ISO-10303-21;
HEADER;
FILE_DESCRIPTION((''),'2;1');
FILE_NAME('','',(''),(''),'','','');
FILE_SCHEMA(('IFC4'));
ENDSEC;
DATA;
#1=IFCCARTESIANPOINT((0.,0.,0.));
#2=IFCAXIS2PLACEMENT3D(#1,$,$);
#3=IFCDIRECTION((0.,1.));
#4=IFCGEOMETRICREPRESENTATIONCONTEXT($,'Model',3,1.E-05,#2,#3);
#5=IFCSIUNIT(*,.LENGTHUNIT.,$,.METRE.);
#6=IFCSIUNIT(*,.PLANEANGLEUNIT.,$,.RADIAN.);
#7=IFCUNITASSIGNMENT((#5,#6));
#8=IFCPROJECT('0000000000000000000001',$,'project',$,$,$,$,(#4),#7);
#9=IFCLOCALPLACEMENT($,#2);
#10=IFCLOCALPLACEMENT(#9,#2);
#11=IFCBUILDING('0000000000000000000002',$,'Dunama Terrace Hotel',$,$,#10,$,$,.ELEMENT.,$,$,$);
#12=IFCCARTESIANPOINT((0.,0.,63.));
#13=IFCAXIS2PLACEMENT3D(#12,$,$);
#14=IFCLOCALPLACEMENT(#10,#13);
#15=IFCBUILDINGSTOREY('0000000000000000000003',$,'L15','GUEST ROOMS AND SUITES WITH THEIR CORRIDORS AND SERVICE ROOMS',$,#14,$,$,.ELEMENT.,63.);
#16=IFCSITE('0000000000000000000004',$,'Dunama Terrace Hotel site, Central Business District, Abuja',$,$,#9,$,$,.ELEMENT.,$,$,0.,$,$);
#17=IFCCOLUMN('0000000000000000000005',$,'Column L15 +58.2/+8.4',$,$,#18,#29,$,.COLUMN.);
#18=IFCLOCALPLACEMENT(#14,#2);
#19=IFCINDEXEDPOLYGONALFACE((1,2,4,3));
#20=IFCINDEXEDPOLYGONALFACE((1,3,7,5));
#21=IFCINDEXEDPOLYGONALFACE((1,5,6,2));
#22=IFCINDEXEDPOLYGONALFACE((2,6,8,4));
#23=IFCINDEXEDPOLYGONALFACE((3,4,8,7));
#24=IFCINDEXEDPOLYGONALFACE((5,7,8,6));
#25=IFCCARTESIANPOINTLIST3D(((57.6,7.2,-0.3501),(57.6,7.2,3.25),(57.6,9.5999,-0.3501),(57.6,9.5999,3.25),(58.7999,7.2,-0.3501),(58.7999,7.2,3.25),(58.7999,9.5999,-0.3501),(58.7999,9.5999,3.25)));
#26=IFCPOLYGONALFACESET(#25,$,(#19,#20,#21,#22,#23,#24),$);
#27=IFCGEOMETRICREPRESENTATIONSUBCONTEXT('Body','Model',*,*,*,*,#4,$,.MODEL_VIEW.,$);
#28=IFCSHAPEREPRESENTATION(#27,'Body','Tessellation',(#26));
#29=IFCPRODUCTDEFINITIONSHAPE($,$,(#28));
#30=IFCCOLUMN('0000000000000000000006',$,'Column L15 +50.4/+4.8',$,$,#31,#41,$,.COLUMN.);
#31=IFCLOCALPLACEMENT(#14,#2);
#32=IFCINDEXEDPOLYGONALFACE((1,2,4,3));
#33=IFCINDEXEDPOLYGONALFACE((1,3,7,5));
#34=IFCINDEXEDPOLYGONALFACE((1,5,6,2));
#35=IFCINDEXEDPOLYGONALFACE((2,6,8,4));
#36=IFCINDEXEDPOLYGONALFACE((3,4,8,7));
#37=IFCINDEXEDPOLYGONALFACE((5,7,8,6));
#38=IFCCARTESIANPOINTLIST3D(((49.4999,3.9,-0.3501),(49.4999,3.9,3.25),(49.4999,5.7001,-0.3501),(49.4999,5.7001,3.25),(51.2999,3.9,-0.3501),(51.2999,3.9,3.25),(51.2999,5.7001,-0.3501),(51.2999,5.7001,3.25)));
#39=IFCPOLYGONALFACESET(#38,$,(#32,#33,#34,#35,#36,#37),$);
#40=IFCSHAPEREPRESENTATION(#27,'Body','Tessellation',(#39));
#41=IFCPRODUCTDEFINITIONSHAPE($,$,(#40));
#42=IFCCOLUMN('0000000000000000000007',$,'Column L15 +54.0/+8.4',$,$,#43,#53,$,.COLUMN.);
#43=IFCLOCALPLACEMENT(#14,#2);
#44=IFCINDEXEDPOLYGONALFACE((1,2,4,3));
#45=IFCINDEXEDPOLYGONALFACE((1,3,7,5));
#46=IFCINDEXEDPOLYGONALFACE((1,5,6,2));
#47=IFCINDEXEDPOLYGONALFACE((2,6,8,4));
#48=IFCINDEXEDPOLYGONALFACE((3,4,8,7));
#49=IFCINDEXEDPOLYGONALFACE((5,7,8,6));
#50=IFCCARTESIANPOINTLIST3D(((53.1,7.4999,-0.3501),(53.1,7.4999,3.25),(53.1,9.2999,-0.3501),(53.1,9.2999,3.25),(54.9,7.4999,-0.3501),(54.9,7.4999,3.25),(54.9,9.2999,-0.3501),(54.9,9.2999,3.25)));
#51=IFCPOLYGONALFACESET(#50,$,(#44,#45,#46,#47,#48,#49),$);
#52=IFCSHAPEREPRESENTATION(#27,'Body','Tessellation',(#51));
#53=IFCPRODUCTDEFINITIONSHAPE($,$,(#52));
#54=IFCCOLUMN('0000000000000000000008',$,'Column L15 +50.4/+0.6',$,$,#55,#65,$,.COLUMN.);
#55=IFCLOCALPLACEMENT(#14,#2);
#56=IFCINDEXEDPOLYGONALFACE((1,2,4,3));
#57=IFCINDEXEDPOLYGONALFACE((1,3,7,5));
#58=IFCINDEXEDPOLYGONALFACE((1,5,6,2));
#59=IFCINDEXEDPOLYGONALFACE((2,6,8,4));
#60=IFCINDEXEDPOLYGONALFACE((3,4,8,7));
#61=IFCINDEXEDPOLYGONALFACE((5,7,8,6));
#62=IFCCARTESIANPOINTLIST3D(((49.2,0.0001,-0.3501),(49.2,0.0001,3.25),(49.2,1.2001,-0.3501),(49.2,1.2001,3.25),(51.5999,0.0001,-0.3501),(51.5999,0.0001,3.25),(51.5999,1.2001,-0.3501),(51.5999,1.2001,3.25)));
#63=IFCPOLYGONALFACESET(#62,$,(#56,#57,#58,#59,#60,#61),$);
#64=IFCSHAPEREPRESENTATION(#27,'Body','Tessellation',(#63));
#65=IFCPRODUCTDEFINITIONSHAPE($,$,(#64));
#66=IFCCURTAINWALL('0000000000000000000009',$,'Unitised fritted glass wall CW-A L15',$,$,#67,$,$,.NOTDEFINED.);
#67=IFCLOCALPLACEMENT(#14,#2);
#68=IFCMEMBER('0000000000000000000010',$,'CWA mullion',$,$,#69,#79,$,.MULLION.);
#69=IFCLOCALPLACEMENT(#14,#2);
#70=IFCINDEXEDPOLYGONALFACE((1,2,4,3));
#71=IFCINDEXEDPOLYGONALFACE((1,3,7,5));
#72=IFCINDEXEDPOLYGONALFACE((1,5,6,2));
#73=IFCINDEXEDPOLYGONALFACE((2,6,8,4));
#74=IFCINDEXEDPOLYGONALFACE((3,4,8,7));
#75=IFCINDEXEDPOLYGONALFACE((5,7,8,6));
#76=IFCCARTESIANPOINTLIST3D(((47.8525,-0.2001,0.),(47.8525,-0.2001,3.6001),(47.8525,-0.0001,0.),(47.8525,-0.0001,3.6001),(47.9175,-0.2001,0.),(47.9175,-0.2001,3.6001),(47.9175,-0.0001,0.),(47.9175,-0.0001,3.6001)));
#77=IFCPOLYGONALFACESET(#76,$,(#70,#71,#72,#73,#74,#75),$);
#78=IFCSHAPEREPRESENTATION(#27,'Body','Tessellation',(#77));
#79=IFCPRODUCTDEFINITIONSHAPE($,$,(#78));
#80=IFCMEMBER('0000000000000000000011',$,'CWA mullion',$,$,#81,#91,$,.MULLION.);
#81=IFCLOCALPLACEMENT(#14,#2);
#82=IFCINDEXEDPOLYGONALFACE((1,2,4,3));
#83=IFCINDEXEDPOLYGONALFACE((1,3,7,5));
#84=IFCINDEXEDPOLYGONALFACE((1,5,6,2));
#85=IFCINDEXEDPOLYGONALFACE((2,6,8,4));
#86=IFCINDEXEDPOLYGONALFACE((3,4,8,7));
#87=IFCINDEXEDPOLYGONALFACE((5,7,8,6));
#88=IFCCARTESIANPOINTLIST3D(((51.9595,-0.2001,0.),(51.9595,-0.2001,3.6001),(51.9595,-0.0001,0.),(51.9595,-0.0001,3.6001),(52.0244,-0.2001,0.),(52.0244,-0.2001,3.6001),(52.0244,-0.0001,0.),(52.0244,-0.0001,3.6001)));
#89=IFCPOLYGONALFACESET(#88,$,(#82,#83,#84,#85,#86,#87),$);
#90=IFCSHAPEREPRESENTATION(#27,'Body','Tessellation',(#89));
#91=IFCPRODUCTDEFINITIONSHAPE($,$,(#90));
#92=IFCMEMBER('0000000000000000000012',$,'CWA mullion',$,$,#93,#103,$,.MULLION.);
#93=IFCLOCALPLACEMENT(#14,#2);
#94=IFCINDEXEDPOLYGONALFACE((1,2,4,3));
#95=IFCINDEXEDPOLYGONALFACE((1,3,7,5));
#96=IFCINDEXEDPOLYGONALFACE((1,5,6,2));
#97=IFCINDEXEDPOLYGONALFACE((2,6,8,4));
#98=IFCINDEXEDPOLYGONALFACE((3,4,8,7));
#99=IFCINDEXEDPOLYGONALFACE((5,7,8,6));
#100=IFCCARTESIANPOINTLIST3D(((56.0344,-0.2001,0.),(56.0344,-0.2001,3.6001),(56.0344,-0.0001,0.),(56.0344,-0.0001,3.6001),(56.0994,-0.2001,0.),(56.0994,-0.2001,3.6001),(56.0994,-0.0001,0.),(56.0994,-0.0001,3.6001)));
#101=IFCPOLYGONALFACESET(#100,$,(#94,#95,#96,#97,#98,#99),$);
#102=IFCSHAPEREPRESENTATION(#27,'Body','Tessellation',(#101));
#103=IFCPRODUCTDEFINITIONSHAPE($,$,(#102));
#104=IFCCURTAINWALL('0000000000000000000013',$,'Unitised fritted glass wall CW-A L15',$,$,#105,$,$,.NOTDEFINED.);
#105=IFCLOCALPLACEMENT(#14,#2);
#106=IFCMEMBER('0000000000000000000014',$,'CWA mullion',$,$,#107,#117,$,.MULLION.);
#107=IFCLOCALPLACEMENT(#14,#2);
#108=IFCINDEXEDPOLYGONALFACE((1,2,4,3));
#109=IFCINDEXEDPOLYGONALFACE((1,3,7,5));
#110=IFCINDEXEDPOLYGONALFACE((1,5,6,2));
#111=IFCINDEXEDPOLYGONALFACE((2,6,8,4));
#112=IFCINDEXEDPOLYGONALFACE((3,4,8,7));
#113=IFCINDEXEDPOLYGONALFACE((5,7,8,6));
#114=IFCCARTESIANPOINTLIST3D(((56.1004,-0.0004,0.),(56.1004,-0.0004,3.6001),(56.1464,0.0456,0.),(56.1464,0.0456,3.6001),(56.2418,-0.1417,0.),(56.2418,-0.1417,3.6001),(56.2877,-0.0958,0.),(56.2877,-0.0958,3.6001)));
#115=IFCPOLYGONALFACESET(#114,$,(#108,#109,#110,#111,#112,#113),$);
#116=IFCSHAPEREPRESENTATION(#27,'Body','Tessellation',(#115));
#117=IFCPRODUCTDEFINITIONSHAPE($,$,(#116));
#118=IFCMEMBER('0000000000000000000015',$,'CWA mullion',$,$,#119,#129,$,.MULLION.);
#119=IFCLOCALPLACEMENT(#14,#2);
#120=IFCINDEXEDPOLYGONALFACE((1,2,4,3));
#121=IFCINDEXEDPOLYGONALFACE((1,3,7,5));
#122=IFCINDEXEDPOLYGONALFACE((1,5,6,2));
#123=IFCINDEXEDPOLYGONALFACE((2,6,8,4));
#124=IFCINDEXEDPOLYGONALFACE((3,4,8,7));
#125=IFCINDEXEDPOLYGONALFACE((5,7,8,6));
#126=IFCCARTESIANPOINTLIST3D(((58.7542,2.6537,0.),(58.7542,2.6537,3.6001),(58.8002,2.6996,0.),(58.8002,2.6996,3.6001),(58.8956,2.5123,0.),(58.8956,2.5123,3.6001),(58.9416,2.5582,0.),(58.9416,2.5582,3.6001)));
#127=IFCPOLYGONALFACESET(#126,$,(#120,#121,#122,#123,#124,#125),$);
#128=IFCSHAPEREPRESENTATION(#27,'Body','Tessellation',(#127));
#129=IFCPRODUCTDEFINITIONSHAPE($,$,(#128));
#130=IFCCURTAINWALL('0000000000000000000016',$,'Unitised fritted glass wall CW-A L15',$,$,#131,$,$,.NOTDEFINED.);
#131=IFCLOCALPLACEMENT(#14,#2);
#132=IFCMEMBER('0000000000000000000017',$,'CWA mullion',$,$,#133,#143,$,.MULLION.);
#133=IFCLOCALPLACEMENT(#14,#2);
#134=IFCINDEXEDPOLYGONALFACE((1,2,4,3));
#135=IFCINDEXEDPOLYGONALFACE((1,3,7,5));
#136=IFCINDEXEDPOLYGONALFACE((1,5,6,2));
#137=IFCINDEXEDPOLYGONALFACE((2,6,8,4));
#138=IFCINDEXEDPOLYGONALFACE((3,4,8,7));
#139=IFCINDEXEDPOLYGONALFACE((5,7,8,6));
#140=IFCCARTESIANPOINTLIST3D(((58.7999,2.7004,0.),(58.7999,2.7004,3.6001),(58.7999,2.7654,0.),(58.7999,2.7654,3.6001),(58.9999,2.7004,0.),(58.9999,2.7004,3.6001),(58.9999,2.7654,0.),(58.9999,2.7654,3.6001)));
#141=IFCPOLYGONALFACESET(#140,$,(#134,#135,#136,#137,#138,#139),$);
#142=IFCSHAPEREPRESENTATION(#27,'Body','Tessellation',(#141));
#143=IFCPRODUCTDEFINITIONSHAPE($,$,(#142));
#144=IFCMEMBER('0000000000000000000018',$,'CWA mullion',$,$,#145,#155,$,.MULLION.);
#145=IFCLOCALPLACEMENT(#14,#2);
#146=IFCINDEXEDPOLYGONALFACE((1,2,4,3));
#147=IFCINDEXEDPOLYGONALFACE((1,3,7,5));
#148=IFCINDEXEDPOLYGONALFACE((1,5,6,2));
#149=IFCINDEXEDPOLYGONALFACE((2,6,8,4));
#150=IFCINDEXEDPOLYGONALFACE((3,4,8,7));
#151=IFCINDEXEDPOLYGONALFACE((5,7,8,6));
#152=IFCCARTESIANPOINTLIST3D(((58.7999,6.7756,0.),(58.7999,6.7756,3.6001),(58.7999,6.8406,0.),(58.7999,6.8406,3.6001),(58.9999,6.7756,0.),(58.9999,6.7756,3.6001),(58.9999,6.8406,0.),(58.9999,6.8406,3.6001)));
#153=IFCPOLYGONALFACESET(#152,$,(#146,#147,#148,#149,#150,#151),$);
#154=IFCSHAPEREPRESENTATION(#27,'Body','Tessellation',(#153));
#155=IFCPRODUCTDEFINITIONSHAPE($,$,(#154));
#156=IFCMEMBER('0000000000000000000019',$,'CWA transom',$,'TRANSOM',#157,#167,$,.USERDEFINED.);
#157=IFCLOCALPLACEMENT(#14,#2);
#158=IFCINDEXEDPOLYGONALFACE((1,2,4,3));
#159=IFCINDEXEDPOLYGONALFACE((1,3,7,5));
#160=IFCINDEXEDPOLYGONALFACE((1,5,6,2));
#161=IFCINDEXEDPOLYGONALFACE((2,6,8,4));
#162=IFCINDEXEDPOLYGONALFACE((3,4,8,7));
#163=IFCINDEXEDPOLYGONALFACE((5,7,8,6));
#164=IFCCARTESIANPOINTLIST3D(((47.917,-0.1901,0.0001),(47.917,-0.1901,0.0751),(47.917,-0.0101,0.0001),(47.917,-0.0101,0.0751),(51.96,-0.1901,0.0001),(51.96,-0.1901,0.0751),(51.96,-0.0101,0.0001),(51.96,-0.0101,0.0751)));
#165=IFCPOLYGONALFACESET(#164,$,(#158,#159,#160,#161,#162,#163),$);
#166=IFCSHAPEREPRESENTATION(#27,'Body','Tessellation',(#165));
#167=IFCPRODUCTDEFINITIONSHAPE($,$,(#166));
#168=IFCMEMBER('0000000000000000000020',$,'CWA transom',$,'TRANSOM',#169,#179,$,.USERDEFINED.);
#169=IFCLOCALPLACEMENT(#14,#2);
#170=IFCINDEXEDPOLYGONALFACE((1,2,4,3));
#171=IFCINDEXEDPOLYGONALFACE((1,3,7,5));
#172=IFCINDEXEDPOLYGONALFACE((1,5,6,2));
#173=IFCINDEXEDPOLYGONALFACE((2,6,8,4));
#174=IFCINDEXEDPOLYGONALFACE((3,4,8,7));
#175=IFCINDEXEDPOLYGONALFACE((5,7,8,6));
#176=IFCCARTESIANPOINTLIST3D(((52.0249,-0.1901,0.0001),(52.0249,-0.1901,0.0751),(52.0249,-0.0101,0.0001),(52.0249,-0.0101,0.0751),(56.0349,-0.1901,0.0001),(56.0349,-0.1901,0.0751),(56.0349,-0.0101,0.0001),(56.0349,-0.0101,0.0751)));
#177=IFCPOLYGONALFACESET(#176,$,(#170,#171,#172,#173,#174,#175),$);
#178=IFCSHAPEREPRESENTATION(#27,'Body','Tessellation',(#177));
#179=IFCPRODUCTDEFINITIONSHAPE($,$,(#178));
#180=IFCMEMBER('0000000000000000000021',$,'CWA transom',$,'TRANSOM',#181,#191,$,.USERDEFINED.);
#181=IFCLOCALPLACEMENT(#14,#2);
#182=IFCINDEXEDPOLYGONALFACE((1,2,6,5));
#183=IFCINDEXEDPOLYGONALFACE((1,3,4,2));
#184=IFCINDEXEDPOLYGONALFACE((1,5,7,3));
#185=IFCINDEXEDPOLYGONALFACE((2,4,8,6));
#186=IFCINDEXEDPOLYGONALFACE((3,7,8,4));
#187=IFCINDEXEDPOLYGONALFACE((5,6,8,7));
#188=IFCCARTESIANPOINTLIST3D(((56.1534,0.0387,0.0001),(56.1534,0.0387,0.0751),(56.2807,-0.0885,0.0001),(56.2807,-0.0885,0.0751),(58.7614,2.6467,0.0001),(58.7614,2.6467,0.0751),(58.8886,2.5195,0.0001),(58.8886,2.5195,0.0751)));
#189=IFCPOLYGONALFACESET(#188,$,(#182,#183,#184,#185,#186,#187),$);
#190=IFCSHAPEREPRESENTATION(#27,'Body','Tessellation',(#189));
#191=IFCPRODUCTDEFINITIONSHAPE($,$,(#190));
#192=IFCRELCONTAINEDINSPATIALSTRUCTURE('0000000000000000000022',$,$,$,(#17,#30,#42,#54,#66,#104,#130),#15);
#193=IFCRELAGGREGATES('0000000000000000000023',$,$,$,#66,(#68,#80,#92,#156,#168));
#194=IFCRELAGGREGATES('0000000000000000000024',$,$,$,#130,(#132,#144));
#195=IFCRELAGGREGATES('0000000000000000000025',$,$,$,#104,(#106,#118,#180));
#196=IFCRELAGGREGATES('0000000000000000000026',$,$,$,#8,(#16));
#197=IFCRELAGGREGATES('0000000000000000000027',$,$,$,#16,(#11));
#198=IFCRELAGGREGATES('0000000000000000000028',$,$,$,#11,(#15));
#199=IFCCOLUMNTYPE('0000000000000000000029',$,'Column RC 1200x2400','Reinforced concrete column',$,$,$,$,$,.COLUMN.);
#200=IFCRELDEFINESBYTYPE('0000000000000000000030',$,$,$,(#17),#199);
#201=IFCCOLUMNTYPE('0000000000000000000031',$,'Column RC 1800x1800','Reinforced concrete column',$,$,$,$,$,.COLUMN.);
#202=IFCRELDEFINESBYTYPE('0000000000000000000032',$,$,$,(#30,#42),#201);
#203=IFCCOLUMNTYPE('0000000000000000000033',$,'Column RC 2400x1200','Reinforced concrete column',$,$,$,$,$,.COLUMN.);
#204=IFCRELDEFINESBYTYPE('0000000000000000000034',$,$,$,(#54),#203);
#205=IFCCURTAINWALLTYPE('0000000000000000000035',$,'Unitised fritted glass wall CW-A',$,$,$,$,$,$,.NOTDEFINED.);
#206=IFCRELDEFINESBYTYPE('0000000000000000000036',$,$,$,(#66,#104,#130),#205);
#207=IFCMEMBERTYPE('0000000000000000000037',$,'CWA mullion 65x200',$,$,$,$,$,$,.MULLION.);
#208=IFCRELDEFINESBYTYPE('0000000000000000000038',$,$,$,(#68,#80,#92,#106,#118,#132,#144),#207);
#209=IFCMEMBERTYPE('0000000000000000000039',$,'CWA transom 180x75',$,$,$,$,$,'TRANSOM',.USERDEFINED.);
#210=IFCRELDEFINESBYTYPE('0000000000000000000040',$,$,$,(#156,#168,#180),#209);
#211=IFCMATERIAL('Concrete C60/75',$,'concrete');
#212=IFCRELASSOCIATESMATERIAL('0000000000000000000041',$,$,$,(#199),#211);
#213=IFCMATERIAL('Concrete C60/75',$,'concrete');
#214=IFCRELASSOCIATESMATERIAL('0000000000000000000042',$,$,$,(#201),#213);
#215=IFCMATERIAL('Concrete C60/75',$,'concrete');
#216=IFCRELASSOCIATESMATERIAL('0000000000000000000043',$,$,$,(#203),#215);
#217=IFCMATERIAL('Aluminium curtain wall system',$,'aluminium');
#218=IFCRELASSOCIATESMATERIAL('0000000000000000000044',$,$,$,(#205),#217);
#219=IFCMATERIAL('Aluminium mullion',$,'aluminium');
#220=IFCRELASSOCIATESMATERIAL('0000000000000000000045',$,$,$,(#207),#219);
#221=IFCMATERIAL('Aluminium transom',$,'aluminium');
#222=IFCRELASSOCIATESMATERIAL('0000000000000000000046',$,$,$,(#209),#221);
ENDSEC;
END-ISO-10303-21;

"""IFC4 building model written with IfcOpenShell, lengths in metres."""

from ifc_helpers import new_model, si_unit, direction, frame, origin, origin_2d, place, context, subcontext, project, spatial, rectangle, extrude, material, material_profile, profile_set, type_object, element, aggregate, save


model = new_model("IFC4")

# Units and contexts
model_context = context("Model", 3, precision=1e-05, world=origin(), true_north=direction((0.0, 1.0)))
body_context = subcontext(model_context, "Body", "Model", "MODEL_VIEW")
ifc_project = project(units=[si_unit("LENGTHUNIT", "METRE"), si_unit("PLANEANGLEUNIT", "RADIAN")], contexts=[model_context])

# Site, building, storey
site_placement = place(None, origin())
site = spatial("IfcSite", under=ifc_project, at=site_placement, Name="Dunama Terrace Hotel site, Central Business District, Abuja", CompositionType="ELEMENT", RefElevation=0.0)
building_placement = place(site_placement, origin())
building = spatial("IfcBuilding", under=site, at=building_placement, Name="Dunama Terrace Hotel", CompositionType="ELEMENT")
storey_placement = place(building_placement, frame((0.0, 0.0, 63.0)))
storey = spatial("IfcBuildingStorey", under=building, at=storey_placement, Name="L15", Description="GUEST ROOMS AND SUITES WITH THEIR CORRIDORS AND SERVICE ROOMS", CompositionType="ELEMENT", Elevation=63.0)

# Columns
ifc_material_1 = material(Name="Concrete C60/75", Category="concrete")
ifc_material_profile_1 = material_profile(ifc_material_1, rectangle(XDim=1.2, YDim=2.3999, at=origin_2d()), Name="RC 1200x2400")
ifc_profile_set_1 = profile_set([ifc_material_profile_1], Name="Concrete C60/75")
column_type_1 = type_object("IfcColumnType", Name="Column RC 1200x2400", Description="Reinforced concrete column", PredefinedType="COLUMN", material=ifc_profile_set_1)
column_1_placement = place(storey_placement, frame((58.2, 8.3999, -0.3501), z_axis=(0.0, 0.0, 1.0), x_axis=(1.0, 0.0, 0.0)))
element("IfcColumn", 1, at=column_1_placement, inside=storey, type_object=column_type_1, Name="Column L15 +58.2/+8.4", PredefinedType="COLUMN", context=body_context, shape_type="SweptSolid", body=[
    extrude(rectangle(XDim=1.2, YDim=2.3999, at=origin_2d()), origin(), (0.0, 0.0, 1.0), 3.6001),
])
ifc_material_2 = material(Name="Concrete C60/75", Category="concrete")
ifc_material_profile_2 = material_profile(ifc_material_2, rectangle(XDim=1.8, YDim=1.8, at=origin_2d()), Name="RC 1800x1800")
ifc_profile_set_2 = profile_set([ifc_material_profile_2], Name="Concrete C60/75")
column_type_2 = type_object("IfcColumnType", Name="Column RC 1800x1800", Description="Reinforced concrete column", PredefinedType="COLUMN", material=ifc_profile_set_2)
for number, where, z_axis, x_axis, name in (
    (2, (50.3999, 4.8, -0.3501), (0.0, 0.0, 1.0), (1.0, 0.0, 0.0), "Column L15 +50.4/+4.8"),
    (3, (54.0, 8.3999, -0.3501), (0.0, 0.0, 1.0), (1.0, 0.0, 0.0), "Column L15 +54.0/+8.4"),
):
    element("IfcColumn", number, at=place(storey_placement, frame(where, z_axis=z_axis, x_axis=x_axis)), inside=storey, type_object=column_type_2, Name=name, PredefinedType="COLUMN", context=body_context, shape_type="SweptSolid", body=[
        extrude(rectangle(XDim=1.8, YDim=1.8, at=origin_2d()), origin(), (0.0, 0.0, 1.0), 3.6001),
    ])
ifc_material_3 = material(Name="Concrete C60/75", Category="concrete")
ifc_material_profile_3 = material_profile(ifc_material_3, rectangle(XDim=2.3999, YDim=1.2, at=origin_2d()), Name="RC 2400x1200")
ifc_profile_set_3 = profile_set([ifc_material_profile_3], Name="Concrete C60/75")
column_type_3 = type_object("IfcColumnType", Name="Column RC 2400x1200", Description="Reinforced concrete column", PredefinedType="COLUMN", material=ifc_profile_set_3)
column_2_placement = place(storey_placement, frame((50.3999, 0.6001, -0.3501), z_axis=(0.0, 0.0, 1.0), x_axis=(1.0, 0.0, 0.0)))
element("IfcColumn", 4, at=column_2_placement, inside=storey, type_object=column_type_3, Name="Column L15 +50.4/+0.6", PredefinedType="COLUMN", context=body_context, shape_type="SweptSolid", body=[
    extrude(rectangle(XDim=2.3999, YDim=1.2, at=origin_2d()), origin(), (0.0, 0.0, 1.0), 3.6001),
])

# Curtain walls, members
ifc_material_4 = material(Name="Aluminium curtain wall system", Category="aluminium")
curtain_wall_type = type_object("IfcCurtainWallType", Name="Unitised fritted glass wall CW-A", PredefinedType="NOTDEFINED", material=ifc_material_4)
curtain_wall_1_placement = place(storey_placement, origin())
curtain_wall_1 = element("IfcCurtainWall", 5, at=curtain_wall_1_placement, inside=storey, type_object=curtain_wall_type, Name="Unitised fritted glass wall CW-A L15", PredefinedType="NOTDEFINED")
ifc_material_5 = material(Name="Aluminium mullion", Category="aluminium")
ifc_material_profile_4 = material_profile(ifc_material_5, rectangle(XDim=0.0649, YDim=0.2, at=origin_2d()), Name="CWA MULLION 65X200")
ifc_profile_set_4 = profile_set([ifc_material_profile_4], Name="Aluminium mullion")
member_type_1 = type_object("IfcMemberType", Name="CWA mullion 65x200", PredefinedType="MULLION", material=ifc_profile_set_4)
member_1_placement = place(storey_placement, frame((47.885, -0.1001, 0.0), z_axis=(0.0, 0.0, 1.0), x_axis=(1.0, 0.0, 0.0)))
member_1 = element("IfcMember", 6, at=member_1_placement, type_object=member_type_1, Name="CWA mullion", PredefinedType="MULLION", context=body_context, shape_type="SweptSolid", body=[
    extrude(rectangle(XDim=0.0649, YDim=0.2, at=origin_2d()), origin(), (0.0, 0.0, 1.0), 3.6001),
])
member_2_placement = place(storey_placement, frame((51.9919, -0.1001, 0.0), z_axis=(0.0, 0.0, 1.0), x_axis=(1.0, 0.0, 0.0)))
member_2 = element("IfcMember", 7, at=member_2_placement, type_object=member_type_1, Name="CWA mullion", PredefinedType="MULLION", context=body_context, shape_type="SweptSolid", body=[
    extrude(rectangle(XDim=0.0649, YDim=0.2, at=origin_2d()), origin(), (0.0, 0.0, 1.0), 3.6001),
])
member_3_placement = place(storey_placement, frame((56.0669, -0.1001, 0.0), z_axis=(0.0, 0.0, 1.0), x_axis=(1.0, 0.0, 0.0)))
member_3 = element("IfcMember", 8, at=member_3_placement, type_object=member_type_1, Name="CWA mullion", PredefinedType="MULLION", context=body_context, shape_type="SweptSolid", body=[
    extrude(rectangle(XDim=0.0649, YDim=0.2, at=origin_2d()), origin(), (0.0, 0.0, 1.0), 3.6001),
])
curtain_wall_2_placement = place(storey_placement, origin())
curtain_wall_2 = element("IfcCurtainWall", 9, at=curtain_wall_2_placement, inside=storey, type_object=curtain_wall_type, Name="Unitised fritted glass wall CW-A L15", PredefinedType="NOTDEFINED")
member_4_placement = place(storey_placement, frame((56.1941, -0.0481, 0.0), z_axis=(0.0, 0.0, 1.0), x_axis=(0.707107, 0.707107, 0.0)))
member_4 = element("IfcMember", 10, at=member_4_placement, type_object=member_type_1, Name="CWA mullion", PredefinedType="MULLION", context=body_context, shape_type="SweptSolid", body=[
    extrude(rectangle(XDim=0.0649, YDim=0.2, at=origin_2d()), origin(), (0.0, 0.0, 1.0), 3.6001),
])
member_5_placement = place(storey_placement, frame((58.8479, 2.606, 0.0), z_axis=(0.0, 0.0, 1.0), x_axis=(0.707107, 0.707107, 0.0)))
member_5 = element("IfcMember", 11, at=member_5_placement, type_object=member_type_1, Name="CWA mullion", PredefinedType="MULLION", context=body_context, shape_type="SweptSolid", body=[
    extrude(rectangle(XDim=0.0649, YDim=0.2, at=origin_2d()), origin(), (0.0, 0.0, 1.0), 3.6001),
])
curtain_wall_3_placement = place(storey_placement, origin())
curtain_wall_3 = element("IfcCurtainWall", 12, at=curtain_wall_3_placement, inside=storey, type_object=curtain_wall_type, Name="Unitised fritted glass wall CW-A L15", PredefinedType="NOTDEFINED")
member_6_placement = place(storey_placement, frame((58.8999, 2.7329, 0.0), z_axis=(0.0, 0.0, 1.0), x_axis=(0.0, 1.0, 0.0)))
member_6 = element("IfcMember", 13, at=member_6_placement, type_object=member_type_1, Name="CWA mullion", PredefinedType="MULLION", context=body_context, shape_type="SweptSolid", body=[
    extrude(rectangle(XDim=0.0649, YDim=0.2, at=origin_2d()), origin(), (0.0, 0.0, 1.0), 3.6001),
])
member_7_placement = place(storey_placement, frame((58.8999, 6.8081, 0.0), z_axis=(0.0, 0.0, 1.0), x_axis=(0.0, 1.0, 0.0)))
member_7 = element("IfcMember", 14, at=member_7_placement, type_object=member_type_1, Name="CWA mullion", PredefinedType="MULLION", context=body_context, shape_type="SweptSolid", body=[
    extrude(rectangle(XDim=0.0649, YDim=0.2, at=origin_2d()), origin(), (0.0, 0.0, 1.0), 3.6001),
])

# Members
ifc_material_6 = material(Name="Aluminium transom", Category="aluminium")
ifc_material_profile_5 = material_profile(ifc_material_6, rectangle(XDim=0.1799, YDim=0.075, at=origin_2d()), Name="CWA TRANSOM 180X75")
ifc_profile_set_5 = profile_set([ifc_material_profile_5], Name="Aluminium transom")
member_type_2 = type_object("IfcMemberType", Name="CWA transom 180x75", ElementType="TRANSOM", PredefinedType="USERDEFINED", material=ifc_profile_set_5)
member_8_placement = place(storey_placement, frame((47.917, -0.1001, 0.0376), z_axis=(1.0, 0.0, 0.0), x_axis=(0.0, 1.0, 0.0)))
member_8 = element("IfcMember", 15, at=member_8_placement, type_object=member_type_2, Name="CWA transom", ObjectType="TRANSOM", PredefinedType="USERDEFINED", context=body_context, shape_type="SweptSolid", body=[
    extrude(rectangle(XDim=0.1799, YDim=0.075, at=origin_2d()), origin(), (0.0, 0.0, 1.0), 4.043),
])
member_9_placement = place(storey_placement, frame((52.0249, -0.1001, 0.0376), z_axis=(1.0, 0.0, 0.0), x_axis=(0.0, 1.0, 0.0)))
member_9 = element("IfcMember", 16, at=member_9_placement, type_object=member_type_2, Name="CWA transom", ObjectType="TRANSOM", PredefinedType="USERDEFINED", context=body_context, shape_type="SweptSolid", body=[
    extrude(rectangle(XDim=0.1799, YDim=0.075, at=origin_2d()), origin(), (0.0, 0.0, 1.0), 4.01),
])
member_10_placement = place(storey_placement, frame((56.217, -0.0249, 0.0376), z_axis=(0.707107, 0.707107, 0.0), x_axis=(-0.707107, 0.707107, 0.0)))
member_10 = element("IfcMember", 17, at=member_10_placement, type_object=member_type_2, Name="CWA transom", ObjectType="TRANSOM", PredefinedType="USERDEFINED", context=body_context, shape_type="SweptSolid", body=[
    extrude(rectangle(XDim=0.1799, YDim=0.075, at=origin_2d()), origin(), (0.0, 0.0, 1.0), 3.6882),
])

aggregate(curtain_wall_1, [member_1, member_2, member_3, member_8, member_9])
aggregate(curtain_wall_3, [member_6, member_7])
aggregate(curtain_wall_2, [member_4, member_5, member_10])

save(model, "model.ifc")
